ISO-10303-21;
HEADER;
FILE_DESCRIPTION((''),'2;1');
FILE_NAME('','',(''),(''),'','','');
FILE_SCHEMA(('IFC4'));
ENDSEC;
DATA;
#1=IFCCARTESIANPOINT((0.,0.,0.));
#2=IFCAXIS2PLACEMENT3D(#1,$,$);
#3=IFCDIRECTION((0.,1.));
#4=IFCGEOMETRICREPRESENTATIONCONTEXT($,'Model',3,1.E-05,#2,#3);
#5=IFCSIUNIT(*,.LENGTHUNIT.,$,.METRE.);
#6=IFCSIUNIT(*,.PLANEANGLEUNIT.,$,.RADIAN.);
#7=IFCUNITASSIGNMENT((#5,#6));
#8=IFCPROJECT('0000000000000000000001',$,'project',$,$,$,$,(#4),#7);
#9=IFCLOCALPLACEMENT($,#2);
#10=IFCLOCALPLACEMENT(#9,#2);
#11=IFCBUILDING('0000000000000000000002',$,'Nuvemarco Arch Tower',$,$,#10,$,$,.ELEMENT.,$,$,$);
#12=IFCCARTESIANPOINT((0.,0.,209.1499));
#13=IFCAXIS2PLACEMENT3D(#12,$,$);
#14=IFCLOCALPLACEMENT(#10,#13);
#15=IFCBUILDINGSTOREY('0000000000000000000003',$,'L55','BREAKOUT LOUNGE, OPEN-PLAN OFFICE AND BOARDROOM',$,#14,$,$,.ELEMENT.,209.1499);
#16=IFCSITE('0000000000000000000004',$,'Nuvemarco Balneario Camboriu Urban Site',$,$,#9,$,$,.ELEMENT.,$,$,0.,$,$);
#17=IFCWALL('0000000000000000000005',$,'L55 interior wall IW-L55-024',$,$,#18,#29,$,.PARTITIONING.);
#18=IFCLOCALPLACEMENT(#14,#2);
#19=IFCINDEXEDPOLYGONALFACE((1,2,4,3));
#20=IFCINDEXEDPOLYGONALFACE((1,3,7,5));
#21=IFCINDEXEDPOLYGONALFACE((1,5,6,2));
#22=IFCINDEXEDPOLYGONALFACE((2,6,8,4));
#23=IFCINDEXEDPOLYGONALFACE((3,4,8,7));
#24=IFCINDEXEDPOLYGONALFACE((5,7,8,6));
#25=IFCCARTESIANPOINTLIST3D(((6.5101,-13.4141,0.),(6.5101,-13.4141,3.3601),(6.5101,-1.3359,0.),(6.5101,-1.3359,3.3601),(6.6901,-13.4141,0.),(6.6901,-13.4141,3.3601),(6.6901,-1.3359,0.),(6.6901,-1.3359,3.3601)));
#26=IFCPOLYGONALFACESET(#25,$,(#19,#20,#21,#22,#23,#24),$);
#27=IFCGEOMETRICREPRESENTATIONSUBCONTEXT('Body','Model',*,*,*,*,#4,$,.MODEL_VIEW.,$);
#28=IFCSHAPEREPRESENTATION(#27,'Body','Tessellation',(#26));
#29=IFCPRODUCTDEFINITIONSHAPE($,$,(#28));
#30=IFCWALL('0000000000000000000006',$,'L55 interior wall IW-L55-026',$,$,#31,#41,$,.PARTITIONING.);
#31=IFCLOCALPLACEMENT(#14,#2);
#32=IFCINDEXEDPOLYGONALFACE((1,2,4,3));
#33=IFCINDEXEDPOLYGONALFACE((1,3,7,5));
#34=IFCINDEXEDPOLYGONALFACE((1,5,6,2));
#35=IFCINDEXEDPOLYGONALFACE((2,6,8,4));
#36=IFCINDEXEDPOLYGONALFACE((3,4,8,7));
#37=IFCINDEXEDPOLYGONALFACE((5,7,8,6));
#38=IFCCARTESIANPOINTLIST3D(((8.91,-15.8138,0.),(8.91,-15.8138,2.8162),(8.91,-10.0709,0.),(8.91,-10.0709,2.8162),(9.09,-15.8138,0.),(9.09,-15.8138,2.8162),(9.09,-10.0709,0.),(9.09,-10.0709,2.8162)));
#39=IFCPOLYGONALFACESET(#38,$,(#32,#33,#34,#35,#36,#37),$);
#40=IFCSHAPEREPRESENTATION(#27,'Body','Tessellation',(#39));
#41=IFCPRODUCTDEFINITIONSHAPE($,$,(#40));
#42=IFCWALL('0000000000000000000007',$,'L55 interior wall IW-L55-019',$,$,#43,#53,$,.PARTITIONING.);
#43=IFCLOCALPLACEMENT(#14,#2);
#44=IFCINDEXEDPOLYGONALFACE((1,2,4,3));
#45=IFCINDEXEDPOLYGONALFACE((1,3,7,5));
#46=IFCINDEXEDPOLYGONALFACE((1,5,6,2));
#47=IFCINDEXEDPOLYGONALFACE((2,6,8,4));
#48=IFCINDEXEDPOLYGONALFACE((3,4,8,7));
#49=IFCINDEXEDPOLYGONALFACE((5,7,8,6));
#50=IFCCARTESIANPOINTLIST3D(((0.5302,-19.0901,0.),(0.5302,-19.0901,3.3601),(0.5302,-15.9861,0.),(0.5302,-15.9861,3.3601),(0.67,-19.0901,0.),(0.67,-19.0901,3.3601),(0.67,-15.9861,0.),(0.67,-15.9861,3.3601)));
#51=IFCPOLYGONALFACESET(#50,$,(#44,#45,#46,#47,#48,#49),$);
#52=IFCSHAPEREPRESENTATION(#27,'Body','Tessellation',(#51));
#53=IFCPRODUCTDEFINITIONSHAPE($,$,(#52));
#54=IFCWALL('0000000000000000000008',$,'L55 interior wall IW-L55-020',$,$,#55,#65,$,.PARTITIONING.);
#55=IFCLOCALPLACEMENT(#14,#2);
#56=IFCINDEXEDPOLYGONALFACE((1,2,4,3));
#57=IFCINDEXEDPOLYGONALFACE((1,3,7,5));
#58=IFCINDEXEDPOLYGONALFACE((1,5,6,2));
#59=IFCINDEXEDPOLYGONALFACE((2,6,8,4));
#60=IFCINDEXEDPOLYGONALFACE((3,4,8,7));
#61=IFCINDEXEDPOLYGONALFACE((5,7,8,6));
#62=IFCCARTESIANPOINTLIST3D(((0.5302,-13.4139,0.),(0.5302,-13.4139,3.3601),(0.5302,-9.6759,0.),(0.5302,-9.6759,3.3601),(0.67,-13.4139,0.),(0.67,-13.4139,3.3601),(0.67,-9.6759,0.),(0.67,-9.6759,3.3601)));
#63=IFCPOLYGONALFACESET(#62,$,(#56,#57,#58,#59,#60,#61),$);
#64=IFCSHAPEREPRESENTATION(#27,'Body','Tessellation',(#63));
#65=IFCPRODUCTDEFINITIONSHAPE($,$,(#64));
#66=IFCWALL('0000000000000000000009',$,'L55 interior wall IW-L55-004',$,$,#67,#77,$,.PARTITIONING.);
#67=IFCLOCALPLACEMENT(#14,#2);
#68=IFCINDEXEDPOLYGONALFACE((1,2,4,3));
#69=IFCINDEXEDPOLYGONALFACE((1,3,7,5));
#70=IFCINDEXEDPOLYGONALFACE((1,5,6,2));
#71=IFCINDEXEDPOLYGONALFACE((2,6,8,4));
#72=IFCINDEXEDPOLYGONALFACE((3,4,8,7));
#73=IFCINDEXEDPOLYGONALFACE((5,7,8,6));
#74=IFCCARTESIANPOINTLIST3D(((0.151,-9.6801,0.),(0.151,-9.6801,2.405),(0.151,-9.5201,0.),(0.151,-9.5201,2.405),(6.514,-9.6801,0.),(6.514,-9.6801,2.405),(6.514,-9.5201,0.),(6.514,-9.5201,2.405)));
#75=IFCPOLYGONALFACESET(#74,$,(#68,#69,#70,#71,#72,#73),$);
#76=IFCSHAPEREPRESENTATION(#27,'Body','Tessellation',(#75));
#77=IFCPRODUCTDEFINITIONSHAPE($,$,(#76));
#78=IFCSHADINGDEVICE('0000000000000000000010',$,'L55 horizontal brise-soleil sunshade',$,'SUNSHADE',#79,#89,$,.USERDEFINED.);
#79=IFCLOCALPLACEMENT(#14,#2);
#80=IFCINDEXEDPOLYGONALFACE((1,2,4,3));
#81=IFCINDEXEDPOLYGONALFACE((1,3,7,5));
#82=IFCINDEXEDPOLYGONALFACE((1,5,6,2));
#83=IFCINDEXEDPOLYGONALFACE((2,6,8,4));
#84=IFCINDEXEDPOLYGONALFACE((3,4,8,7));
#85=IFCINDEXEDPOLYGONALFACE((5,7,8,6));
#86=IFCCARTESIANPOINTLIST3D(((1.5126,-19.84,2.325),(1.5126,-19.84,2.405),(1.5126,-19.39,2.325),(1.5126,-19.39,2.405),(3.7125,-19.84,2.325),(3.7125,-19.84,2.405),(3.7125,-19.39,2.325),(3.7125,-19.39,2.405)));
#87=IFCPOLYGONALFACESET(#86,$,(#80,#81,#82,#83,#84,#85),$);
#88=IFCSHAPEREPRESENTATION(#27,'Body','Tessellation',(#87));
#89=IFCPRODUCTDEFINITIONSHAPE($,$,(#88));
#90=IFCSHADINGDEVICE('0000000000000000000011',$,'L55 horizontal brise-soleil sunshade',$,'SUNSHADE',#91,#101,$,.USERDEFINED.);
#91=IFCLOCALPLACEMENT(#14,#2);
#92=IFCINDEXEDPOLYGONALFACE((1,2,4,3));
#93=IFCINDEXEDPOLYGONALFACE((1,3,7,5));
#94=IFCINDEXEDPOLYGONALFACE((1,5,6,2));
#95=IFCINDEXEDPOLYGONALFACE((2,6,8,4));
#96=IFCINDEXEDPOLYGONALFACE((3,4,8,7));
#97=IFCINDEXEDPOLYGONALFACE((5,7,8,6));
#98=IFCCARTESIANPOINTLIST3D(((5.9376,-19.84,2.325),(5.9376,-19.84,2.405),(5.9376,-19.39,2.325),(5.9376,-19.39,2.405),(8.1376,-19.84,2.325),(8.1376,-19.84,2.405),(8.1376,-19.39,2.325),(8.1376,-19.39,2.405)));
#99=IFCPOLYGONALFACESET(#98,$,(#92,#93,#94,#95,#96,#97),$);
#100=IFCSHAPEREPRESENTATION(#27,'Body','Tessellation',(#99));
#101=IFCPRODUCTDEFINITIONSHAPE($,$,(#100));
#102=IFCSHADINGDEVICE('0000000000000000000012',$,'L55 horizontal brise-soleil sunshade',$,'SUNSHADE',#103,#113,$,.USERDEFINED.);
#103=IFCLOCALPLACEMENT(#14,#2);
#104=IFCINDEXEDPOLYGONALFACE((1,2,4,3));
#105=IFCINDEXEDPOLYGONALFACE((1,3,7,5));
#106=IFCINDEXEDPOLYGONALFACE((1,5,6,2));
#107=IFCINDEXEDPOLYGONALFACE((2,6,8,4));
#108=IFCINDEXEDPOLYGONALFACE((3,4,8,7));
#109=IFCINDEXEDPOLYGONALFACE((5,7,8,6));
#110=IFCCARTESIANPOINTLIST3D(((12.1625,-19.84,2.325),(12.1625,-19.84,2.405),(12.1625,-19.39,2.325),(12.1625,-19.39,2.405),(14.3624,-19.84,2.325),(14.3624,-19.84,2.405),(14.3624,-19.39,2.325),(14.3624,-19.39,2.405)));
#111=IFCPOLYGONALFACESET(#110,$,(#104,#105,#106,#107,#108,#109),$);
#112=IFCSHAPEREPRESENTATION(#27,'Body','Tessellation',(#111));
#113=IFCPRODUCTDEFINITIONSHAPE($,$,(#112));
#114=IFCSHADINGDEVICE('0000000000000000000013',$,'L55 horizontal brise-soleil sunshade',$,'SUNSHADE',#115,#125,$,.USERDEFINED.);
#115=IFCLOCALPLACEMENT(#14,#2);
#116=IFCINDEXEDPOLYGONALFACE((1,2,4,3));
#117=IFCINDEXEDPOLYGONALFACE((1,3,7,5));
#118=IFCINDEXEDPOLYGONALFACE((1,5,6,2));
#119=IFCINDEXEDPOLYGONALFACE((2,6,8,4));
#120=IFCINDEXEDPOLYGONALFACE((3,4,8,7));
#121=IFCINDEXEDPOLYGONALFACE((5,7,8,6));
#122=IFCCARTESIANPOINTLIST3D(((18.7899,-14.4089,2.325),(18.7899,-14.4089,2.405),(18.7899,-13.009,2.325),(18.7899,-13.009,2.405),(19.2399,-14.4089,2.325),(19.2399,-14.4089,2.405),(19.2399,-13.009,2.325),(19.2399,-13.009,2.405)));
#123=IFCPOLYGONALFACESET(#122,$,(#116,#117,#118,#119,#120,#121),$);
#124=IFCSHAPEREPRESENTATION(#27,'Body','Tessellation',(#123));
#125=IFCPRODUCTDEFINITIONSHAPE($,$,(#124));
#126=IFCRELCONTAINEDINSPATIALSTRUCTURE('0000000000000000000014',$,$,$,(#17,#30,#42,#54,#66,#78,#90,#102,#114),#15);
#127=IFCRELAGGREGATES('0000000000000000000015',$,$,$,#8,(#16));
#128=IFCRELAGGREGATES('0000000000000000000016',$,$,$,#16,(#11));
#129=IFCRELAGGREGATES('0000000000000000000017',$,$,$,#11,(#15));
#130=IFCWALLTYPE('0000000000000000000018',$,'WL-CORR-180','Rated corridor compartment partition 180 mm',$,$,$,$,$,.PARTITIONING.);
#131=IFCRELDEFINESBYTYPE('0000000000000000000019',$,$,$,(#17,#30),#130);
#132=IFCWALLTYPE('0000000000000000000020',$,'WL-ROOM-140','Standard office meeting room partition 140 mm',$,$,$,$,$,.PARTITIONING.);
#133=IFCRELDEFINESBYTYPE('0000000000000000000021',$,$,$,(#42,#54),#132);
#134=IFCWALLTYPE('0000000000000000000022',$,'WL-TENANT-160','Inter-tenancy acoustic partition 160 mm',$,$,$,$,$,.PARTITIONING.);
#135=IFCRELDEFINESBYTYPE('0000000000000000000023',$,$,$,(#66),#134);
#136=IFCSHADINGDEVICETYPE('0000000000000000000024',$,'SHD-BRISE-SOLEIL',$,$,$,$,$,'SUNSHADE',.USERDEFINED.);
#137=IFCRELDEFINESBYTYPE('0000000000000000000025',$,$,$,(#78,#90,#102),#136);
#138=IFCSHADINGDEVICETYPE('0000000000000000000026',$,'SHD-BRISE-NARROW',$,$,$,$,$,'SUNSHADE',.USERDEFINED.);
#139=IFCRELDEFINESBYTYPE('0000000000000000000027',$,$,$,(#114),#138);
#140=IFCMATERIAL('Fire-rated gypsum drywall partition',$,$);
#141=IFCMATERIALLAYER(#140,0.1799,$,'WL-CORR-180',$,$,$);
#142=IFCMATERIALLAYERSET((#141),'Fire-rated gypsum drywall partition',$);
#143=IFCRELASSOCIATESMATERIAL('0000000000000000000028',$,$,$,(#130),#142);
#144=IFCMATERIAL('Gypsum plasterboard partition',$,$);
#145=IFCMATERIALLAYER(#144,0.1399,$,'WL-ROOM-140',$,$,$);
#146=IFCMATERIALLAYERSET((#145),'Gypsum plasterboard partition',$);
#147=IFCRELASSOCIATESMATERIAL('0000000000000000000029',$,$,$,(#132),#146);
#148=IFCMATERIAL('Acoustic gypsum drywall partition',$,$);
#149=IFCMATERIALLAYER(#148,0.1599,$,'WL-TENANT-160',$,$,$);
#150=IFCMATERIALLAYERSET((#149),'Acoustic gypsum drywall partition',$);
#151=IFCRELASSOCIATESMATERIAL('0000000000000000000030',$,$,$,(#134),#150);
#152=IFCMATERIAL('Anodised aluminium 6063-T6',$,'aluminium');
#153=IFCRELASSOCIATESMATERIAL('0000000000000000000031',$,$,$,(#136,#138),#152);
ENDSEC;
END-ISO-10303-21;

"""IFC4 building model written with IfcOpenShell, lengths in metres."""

from ifc_helpers import new_model, si_unit, direction, frame, frame_2d, origin, origin_2d, place, context, subcontext, project, spatial, rectangle, extrude, source, transform, mapped, material, layer, layer_set, type_object, type_shapes, element, save


model = new_model("IFC4")

# Units and contexts
model_context = context("Model", 3, precision=1e-05, world=origin(), true_north=direction((0.0, 1.0)))
body_context = subcontext(model_context, "Body", "Model", "MODEL_VIEW")
ifc_project = project(units=[si_unit("LENGTHUNIT", "METRE"), si_unit("PLANEANGLEUNIT", "RADIAN")], contexts=[model_context])

# Site, building, storey
site_placement = place(None, origin())
site = spatial("IfcSite", under=ifc_project, at=site_placement, Name="Nuvemarco Balneario Camboriu Urban Site", CompositionType="ELEMENT", RefElevation=0.0)
building_placement = place(site_placement, origin())
building = spatial("IfcBuilding", under=site, at=building_placement, Name="Nuvemarco Arch Tower", CompositionType="ELEMENT")
storey_placement = place(building_placement, frame((0.0, 0.0, 209.1499)))
storey = spatial("IfcBuildingStorey", under=building, at=storey_placement, Name="L55", Description="BREAKOUT LOUNGE, OPEN-PLAN OFFICE AND BOARDROOM", CompositionType="ELEMENT", Elevation=209.1499)

# Walls
ifc_material_1 = material(Name="Fire-rated gypsum drywall partition")
ifc_layer_1 = layer(ifc_material_1, 0.1799, Name="WL-CORR-180")
ifc_layer_set_1 = layer_set([ifc_layer_1], Name="Fire-rated gypsum drywall partition")
wall_type_1 = type_object("IfcWallType", Name="WL-CORR-180", Description="Rated corridor compartment partition 180 mm", PredefinedType="PARTITIONING", material=ifc_layer_set_1)
wall_1_placement = place(storey_placement, frame((6.6001, -13.4141, 0.0), z_axis=(0.0, 0.0, 1.0), x_axis=(0.0, 1.0, 0.0)))
element("IfcWall", 1, at=wall_1_placement, inside=storey, type_object=wall_type_1, Name="L55 interior wall IW-L55-024", PredefinedType="PARTITIONING", context=body_context, shape_type="SweptSolid", body=[
    extrude(rectangle(XDim=12.0781, YDim=0.1799, at=frame_2d((6.0391, 0.0))), origin(), (0.0, 0.0, 1.0), 3.3601),
])
wall_2_placement = place(storey_placement, frame((9.0, -15.814, 0.0), z_axis=(0.0, 0.0, 1.0), x_axis=(0.0, 1.0, 0.0)))
element("IfcWall", 2, at=wall_2_placement, inside=storey, type_object=wall_type_1, Name="L55 interior wall IW-L55-026", PredefinedType="PARTITIONING", context=body_context, shape_type="SweptSolid", body=[
    extrude(rectangle(XDim=5.7429, YDim=0.1799, at=frame_2d((2.8716, 0.0))), origin(), (0.0, 0.0, 1.0), 2.8162),
])
ifc_material_2 = material(Name="Gypsum plasterboard partition")
ifc_layer_2 = layer(ifc_material_2, 0.1399, Name="WL-ROOM-140")
ifc_layer_set_2 = layer_set([ifc_layer_2], Name="Gypsum plasterboard partition")
wall_type_2 = type_object("IfcWallType", Name="WL-ROOM-140", Description="Standard office meeting room partition 140 mm", PredefinedType="PARTITIONING", material=ifc_layer_set_2)
wall_3_placement = place(storey_placement, frame((0.6001, -19.0901, 0.0), z_axis=(0.0, 0.0, 1.0), x_axis=(0.0, 1.0, 0.0)))
element("IfcWall", 3, at=wall_3_placement, inside=storey, type_object=wall_type_2, Name="L55 interior wall IW-L55-019", PredefinedType="PARTITIONING", context=body_context, shape_type="SweptSolid", body=[
    extrude(rectangle(XDim=3.104, YDim=0.1399, at=frame_2d((1.552, 0.0))), origin(), (0.0, 0.0, 1.0), 3.3601),
])
wall_4_placement = place(storey_placement, frame((0.6001, -13.4141, 0.0), z_axis=(0.0, 0.0, 1.0), x_axis=(0.0, 1.0, 0.0)))
element("IfcWall", 4, at=wall_4_placement, inside=storey, type_object=wall_type_2, Name="L55 interior wall IW-L55-020", PredefinedType="PARTITIONING", context=body_context, shape_type="SweptSolid", body=[
    extrude(rectangle(XDim=3.738, YDim=0.1399, at=frame_2d((1.8691, 0.0))), origin(), (0.0, 0.0, 1.0), 3.3601),
])
ifc_material_3 = material(Name="Acoustic gypsum drywall partition")
ifc_layer_3 = layer(ifc_material_3, 0.1599, Name="WL-TENANT-160")
ifc_layer_set_3 = layer_set([ifc_layer_3], Name="Acoustic gypsum drywall partition")
wall_type_3 = type_object("IfcWallType", Name="WL-TENANT-160", Description="Inter-tenancy acoustic partition 160 mm", PredefinedType="PARTITIONING", material=ifc_layer_set_3)
wall_5_placement = place(storey_placement, frame((0.1509, -9.6001, 0.0), z_axis=(0.0, 0.0, 1.0), x_axis=(1.0, 0.0, 0.0)))
element("IfcWall", 5, at=wall_5_placement, inside=storey, type_object=wall_type_3, Name="L55 interior wall IW-L55-004", PredefinedType="PARTITIONING", context=body_context, shape_type="SweptSolid", body=[
    extrude(rectangle(XDim=6.363, YDim=0.1599, at=frame_2d((3.1816, 0.0))), origin(), (0.0, 0.0, 1.0), 2.405),
])

# Shading devices
ifc_material_4 = material(Name="Anodised aluminium 6063-T6", Category="aluminium")
shading_device_type_1 = type_object("IfcShadingDeviceType", Name="SHD-BRISE-SOLEIL", ElementType="SUNSHADE", PredefinedType="USERDEFINED", material=ifc_material_4)
shared_shape_1 = source(origin(), body_context, "Body", "SweptSolid", [
    extrude(rectangle(XDim=2.2, YDim=0.45, at=origin_2d()), origin(), (0.0, 0.0, 1.0), 0.0801),
])
type_shapes(shading_device_type_1, [shared_shape_1])
for number, where, z_axis, x_axis, name in (
    (6, (2.6125, -19.615, 2.325), (0.0, 0.0, 1.0), (1.0, 0.0, 0.0), "L55 horizontal brise-soleil sunshade"),
    (7, (7.0376, -19.615, 2.325), (0.0, 0.0, 1.0), (1.0, 0.0, 0.0), "L55 horizontal brise-soleil sunshade"),
    (8, (13.2625, -19.615, 2.325), (0.0, 0.0, 1.0), (1.0, 0.0, 0.0), "L55 horizontal brise-soleil sunshade"),
):
    element("IfcShadingDevice", number, at=place(storey_placement, frame(where, z_axis=z_axis, x_axis=x_axis)), inside=storey, type_object=shading_device_type_1, Name=name, ObjectType="SUNSHADE", PredefinedType="USERDEFINED", context=body_context, shape_type="MappedRepresentation", body=[
        mapped(shared_shape_1, transform((0.0, 0.0, 0.0), scale=1.0)),
    ])
shading_device_type_2 = type_object("IfcShadingDeviceType", Name="SHD-BRISE-NARROW", ElementType="SUNSHADE", PredefinedType="USERDEFINED", material=ifc_material_4)
shared_shape_2 = source(origin(), body_context, "Body", "SweptSolid", [
    extrude(rectangle(XDim=1.3999, YDim=0.45, at=origin_2d()), origin(), (0.0, 0.0, 1.0), 0.0801),
])
type_shapes(shading_device_type_2, [shared_shape_2])
shading_device_placement = place(storey_placement, frame((19.0149, -13.709, 2.325), z_axis=(0.0, 0.0, 1.0), x_axis=(0.0, 1.0, 0.0)))
element("IfcShadingDevice", 9, at=shading_device_placement, inside=storey, type_object=shading_device_type_2, Name="L55 horizontal brise-soleil sunshade", ObjectType="SUNSHADE", PredefinedType="USERDEFINED", context=body_context, shape_type="MappedRepresentation", body=[
    mapped(shared_shape_2, transform((0.0, 0.0, 0.0), scale=1.0)),
])

save(model, "model.ifc")
